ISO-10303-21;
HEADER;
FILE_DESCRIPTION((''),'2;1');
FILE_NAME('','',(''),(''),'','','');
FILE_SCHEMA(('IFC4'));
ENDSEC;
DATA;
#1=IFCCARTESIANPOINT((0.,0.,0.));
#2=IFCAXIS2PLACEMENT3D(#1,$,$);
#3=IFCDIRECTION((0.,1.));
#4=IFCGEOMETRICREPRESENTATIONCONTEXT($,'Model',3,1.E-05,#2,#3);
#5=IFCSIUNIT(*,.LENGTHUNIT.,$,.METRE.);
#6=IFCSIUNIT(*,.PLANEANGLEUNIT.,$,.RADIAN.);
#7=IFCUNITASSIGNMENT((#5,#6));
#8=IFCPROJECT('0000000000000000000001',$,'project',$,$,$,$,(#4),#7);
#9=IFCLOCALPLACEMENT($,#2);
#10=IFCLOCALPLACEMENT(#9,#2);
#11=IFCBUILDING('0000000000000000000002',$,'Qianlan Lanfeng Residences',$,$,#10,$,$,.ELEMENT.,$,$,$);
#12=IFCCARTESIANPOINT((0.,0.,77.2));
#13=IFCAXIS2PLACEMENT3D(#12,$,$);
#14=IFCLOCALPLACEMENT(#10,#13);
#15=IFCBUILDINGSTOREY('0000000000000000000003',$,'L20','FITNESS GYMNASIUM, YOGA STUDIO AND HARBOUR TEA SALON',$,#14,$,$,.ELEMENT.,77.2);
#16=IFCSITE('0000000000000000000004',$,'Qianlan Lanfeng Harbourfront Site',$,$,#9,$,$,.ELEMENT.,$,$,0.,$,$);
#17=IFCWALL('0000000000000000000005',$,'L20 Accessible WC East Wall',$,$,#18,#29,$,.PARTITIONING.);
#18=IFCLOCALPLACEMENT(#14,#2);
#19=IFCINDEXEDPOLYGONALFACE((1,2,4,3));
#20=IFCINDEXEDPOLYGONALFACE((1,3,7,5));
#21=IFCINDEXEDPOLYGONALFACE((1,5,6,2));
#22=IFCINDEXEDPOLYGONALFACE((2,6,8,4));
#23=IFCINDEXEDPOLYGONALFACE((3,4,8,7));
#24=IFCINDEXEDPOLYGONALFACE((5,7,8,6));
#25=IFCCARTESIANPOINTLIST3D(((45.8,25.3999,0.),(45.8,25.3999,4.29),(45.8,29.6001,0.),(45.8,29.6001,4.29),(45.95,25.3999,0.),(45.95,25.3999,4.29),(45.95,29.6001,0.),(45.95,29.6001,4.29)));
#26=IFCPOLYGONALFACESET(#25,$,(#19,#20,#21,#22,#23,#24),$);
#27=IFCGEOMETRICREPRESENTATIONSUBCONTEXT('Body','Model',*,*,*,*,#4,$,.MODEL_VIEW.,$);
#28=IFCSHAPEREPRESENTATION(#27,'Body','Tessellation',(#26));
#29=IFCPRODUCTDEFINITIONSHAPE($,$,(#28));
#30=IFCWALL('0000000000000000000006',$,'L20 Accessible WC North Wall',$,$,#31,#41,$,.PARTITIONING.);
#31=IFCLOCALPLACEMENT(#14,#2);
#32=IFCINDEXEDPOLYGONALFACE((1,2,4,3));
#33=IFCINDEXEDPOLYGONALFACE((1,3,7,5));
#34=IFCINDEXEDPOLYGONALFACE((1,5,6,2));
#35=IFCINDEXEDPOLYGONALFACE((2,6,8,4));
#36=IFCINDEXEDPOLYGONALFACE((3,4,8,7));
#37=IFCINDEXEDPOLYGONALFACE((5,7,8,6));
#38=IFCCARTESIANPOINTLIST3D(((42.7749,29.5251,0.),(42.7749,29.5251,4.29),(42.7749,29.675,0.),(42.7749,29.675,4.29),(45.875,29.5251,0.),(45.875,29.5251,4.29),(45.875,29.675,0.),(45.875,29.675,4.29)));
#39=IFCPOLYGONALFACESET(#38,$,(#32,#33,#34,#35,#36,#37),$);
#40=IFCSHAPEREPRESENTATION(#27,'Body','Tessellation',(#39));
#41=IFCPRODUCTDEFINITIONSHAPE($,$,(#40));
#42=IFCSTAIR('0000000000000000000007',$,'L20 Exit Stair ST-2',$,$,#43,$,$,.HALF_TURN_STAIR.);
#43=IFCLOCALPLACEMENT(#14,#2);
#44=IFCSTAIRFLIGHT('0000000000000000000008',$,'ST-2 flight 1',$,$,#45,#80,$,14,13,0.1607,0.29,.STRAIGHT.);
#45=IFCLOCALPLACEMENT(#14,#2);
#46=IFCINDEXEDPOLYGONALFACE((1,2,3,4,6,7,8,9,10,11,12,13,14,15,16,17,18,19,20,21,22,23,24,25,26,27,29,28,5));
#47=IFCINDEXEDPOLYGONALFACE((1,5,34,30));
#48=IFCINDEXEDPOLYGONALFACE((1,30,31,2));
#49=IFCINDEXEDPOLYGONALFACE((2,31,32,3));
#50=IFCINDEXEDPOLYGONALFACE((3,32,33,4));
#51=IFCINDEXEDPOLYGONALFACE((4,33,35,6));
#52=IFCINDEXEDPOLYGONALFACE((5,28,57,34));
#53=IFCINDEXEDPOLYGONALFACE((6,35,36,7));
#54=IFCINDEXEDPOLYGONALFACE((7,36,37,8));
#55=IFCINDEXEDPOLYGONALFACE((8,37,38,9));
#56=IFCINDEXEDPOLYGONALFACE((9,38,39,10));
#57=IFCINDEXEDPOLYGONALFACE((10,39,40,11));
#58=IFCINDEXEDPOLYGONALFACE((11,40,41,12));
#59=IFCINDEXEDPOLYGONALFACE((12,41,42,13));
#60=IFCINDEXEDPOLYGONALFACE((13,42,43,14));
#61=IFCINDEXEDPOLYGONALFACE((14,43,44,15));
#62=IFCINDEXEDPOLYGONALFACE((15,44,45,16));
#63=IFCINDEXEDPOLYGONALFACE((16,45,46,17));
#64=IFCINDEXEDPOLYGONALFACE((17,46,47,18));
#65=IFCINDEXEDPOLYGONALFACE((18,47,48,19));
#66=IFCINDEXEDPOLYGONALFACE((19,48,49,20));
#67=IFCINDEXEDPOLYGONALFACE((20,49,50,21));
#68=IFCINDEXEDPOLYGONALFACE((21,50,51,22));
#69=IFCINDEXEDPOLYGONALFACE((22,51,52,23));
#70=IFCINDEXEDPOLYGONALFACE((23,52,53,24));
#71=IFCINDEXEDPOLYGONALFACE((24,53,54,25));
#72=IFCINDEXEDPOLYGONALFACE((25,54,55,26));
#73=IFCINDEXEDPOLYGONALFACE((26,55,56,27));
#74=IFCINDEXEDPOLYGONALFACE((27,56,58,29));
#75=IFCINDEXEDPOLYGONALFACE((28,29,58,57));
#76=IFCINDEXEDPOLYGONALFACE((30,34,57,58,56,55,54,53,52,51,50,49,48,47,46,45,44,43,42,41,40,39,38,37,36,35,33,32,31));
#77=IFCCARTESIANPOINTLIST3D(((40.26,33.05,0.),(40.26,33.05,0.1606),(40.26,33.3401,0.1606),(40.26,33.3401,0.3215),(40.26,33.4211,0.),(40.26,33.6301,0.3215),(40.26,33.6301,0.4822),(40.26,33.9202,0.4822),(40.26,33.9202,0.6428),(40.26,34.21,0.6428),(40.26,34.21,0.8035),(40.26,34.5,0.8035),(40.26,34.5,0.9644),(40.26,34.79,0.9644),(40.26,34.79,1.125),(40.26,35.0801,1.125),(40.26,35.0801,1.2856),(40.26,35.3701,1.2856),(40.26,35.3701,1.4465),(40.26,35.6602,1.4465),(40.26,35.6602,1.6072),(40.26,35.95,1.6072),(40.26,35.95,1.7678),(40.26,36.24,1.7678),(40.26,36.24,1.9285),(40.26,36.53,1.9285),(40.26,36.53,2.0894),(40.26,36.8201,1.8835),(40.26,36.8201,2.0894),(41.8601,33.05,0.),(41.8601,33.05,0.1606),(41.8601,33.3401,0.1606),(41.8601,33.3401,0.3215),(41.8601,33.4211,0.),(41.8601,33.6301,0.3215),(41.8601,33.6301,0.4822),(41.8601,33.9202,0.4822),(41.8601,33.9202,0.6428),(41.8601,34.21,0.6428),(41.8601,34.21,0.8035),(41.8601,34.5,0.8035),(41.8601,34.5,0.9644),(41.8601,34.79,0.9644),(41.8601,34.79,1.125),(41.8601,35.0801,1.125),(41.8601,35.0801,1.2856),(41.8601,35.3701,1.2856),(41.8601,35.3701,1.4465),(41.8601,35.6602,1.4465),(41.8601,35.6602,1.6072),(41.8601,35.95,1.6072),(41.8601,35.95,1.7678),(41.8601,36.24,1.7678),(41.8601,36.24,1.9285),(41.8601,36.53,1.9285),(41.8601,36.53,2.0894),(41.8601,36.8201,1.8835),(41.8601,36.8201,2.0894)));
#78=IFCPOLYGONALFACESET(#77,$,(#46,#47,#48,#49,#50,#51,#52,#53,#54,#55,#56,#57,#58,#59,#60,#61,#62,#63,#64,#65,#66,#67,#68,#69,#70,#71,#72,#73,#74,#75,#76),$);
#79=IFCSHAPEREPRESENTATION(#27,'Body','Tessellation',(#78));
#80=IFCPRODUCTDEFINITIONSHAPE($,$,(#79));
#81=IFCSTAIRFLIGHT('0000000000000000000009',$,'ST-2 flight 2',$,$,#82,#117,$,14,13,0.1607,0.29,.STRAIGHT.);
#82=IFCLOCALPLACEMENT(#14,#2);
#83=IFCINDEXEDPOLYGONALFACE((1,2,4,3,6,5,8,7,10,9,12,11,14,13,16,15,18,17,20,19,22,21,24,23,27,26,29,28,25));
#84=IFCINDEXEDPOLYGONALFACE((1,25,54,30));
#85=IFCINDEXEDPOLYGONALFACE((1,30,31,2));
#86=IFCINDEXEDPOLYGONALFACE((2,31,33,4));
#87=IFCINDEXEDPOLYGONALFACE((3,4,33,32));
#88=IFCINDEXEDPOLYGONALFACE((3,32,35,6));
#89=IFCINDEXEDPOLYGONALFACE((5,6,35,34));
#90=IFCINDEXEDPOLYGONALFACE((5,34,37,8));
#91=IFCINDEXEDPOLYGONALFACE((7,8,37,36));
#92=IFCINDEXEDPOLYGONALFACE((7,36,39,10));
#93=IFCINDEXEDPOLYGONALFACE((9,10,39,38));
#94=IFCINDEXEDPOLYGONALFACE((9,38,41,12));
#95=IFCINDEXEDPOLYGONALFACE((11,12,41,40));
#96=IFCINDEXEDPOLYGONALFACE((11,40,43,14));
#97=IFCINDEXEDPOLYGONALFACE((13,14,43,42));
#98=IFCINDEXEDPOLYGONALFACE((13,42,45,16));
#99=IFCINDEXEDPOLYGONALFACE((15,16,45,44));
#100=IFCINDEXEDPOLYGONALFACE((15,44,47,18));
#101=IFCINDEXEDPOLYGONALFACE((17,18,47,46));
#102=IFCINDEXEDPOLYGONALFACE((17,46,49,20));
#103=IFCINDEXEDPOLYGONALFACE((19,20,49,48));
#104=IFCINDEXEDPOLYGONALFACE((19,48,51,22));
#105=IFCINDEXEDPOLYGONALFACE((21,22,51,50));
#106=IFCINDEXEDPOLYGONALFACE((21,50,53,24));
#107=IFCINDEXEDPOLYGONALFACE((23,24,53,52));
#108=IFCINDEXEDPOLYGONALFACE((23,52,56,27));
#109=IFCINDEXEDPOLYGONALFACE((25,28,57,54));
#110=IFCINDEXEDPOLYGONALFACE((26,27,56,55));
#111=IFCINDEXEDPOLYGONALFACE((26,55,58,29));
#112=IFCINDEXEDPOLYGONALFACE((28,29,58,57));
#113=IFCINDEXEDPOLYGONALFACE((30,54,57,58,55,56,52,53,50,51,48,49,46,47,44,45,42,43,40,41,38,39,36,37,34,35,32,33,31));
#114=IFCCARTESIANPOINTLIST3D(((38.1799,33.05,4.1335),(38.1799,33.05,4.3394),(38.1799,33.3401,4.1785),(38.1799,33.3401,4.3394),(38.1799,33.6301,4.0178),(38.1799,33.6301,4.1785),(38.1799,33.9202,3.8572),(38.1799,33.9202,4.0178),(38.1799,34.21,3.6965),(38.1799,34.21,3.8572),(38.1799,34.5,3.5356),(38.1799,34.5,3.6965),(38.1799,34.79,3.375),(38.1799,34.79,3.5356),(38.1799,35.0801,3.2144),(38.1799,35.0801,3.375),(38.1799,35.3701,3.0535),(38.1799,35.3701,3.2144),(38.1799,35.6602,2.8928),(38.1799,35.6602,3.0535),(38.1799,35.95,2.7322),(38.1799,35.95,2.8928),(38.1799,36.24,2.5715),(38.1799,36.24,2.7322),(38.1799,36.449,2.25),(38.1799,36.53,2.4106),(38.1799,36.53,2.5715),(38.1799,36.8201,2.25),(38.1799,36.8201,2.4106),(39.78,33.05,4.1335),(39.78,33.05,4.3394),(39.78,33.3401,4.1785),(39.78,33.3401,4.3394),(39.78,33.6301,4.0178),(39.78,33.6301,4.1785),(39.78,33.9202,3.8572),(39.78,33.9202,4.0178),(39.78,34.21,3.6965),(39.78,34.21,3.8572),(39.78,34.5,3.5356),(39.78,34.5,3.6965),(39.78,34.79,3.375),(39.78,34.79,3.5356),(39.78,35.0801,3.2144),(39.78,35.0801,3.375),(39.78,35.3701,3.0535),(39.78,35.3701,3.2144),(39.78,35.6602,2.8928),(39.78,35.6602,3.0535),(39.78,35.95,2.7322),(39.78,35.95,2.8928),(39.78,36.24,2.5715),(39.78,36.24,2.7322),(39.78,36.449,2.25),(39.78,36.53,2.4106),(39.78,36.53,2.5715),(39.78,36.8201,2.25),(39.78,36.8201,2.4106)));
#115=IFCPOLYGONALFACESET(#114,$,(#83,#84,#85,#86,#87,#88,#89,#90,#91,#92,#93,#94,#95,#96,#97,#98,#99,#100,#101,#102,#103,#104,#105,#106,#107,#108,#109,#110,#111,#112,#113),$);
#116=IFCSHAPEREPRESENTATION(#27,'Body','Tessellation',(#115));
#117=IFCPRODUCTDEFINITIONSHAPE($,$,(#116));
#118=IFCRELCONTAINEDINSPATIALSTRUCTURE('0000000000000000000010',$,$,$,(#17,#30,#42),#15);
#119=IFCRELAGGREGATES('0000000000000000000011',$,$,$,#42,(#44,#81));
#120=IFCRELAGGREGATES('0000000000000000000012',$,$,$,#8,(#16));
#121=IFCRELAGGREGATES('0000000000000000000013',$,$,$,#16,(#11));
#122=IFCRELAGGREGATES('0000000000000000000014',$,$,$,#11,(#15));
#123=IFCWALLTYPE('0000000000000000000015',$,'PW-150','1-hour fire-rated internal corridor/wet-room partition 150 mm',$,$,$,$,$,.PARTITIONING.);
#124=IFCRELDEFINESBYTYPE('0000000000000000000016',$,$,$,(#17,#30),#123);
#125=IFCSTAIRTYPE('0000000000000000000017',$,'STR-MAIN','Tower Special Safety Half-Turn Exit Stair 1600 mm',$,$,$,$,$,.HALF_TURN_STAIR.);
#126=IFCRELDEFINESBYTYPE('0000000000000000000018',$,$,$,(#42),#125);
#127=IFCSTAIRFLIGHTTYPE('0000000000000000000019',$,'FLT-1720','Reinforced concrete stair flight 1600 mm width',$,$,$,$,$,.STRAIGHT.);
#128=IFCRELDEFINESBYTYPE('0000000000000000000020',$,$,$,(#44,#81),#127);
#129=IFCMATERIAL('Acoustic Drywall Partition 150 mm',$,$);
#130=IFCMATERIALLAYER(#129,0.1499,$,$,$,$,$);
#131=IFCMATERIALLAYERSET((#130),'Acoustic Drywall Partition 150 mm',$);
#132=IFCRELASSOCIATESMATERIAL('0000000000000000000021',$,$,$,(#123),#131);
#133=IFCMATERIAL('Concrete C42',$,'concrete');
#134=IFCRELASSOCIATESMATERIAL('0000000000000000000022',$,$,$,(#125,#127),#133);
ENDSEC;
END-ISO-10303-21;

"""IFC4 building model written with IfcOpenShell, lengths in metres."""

from ifc_helpers import new_model, si_unit, direction, frame, frame_2d, origin, place, context, subcontext, project, spatial, polyline, rectangle, outline, extrude, material, layer, layer_set, type_object, element, aggregate, save


model = new_model("IFC4")

# Units and contexts
model_context = context("Model", 3, precision=1e-05, world=origin(), true_north=direction((0.0, 1.0)))
body_context = subcontext(model_context, "Body", "Model", "MODEL_VIEW")
ifc_project = project(units=[si_unit("LENGTHUNIT", "METRE"), si_unit("PLANEANGLEUNIT", "RADIAN")], contexts=[model_context])

# Site, building, storey
site_placement = place(None, origin())
site = spatial("IfcSite", under=ifc_project, at=site_placement, Name="Qianlan Lanfeng Harbourfront Site", CompositionType="ELEMENT", RefElevation=0.0)
building_placement = place(site_placement, origin())
building = spatial("IfcBuilding", under=site, at=building_placement, Name="Qianlan Lanfeng Residences", CompositionType="ELEMENT")
storey_placement = place(building_placement, frame((0.0, 0.0, 77.2)))
storey = spatial("IfcBuildingStorey", under=building, at=storey_placement, Name="L20", Description="FITNESS GYMNASIUM, YOGA STUDIO AND HARBOUR TEA SALON", CompositionType="ELEMENT", Elevation=77.2)

# Shared definitions
ifc_material_1 = material(Name="Concrete C42", Category="concrete")

# Shared definitions
ifc_material_2 = material(Name="Acoustic Drywall Partition 150 mm")
ifc_layer_1 = layer(ifc_material_2, 0.1499)
ifc_layer_set_1 = layer_set([ifc_layer_1], Name="Acoustic Drywall Partition 150 mm")
wall_type_1 = type_object("IfcWallType", Name="PW-150", Description="1-hour fire-rated internal corridor/wet-room partition 150 mm", PredefinedType="PARTITIONING", material=ifc_layer_set_1)

# Walls
wall_1_placement = place(storey_placement, frame((45.875, 25.3999, 0.0), z_axis=(0.0, 0.0, 1.0), x_axis=(0.0, 1.0, 0.0)))
element("IfcWall", 1, at=wall_1_placement, inside=storey, type_object=wall_type_1, Name="L20 Accessible WC East Wall", PredefinedType="PARTITIONING", context=body_context, shape_type="SweptSolid", body=[
    extrude(rectangle(XDim=4.2002, YDim=0.1499, at=frame_2d((2.1001, 0.0))), origin(), (0.0, 0.0, 1.0), 4.29),
])
wall_2_placement = place(storey_placement, frame((42.7749, 29.6001, 0.0), z_axis=(0.0, 0.0, 1.0), x_axis=(1.0, 0.0, 0.0)))
element("IfcWall", 2, at=wall_2_placement, inside=storey, type_object=wall_type_1, Name="L20 Accessible WC North Wall", PredefinedType="PARTITIONING", context=body_context, shape_type="SweptSolid", body=[
    extrude(rectangle(XDim=3.1001, YDim=0.1499, at=frame_2d((1.55, 0.0))), origin(), (0.0, 0.0, 1.0), 4.29),
])

# Stair, stair flights
stair_type = type_object("IfcStairType", Name="STR-MAIN", Description="Tower Special Safety Half-Turn Exit Stair 1600 mm", PredefinedType="HALF_TURN_STAIR", material=ifc_material_1)
stair_placement = place(storey_placement, origin())
stair = element("IfcStair", 3, at=stair_placement, inside=storey, type_object=stair_type, Name="L20 Exit Stair ST-2", PredefinedType="HALF_TURN_STAIR")
stair_flight_type = type_object("IfcStairFlightType", Name="FLT-1720", Description="Reinforced concrete stair flight 1600 mm width", PredefinedType="STRAIGHT", material=ifc_material_1)
stair_flight_1_placement = place(storey_placement, frame((41.0601, 33.05, 0.0), z_axis=(0.0, 0.0, 1.0), x_axis=(0.0, 1.0, 0.0)))
stair_flight_1 = element("IfcStairFlight", 4, at=stair_flight_1_placement, type_object=stair_flight_type, Name="ST-2 flight 1", NumberOfRisers=14, NumberOfTreads=13, PredefinedType="STRAIGHT", RiserHeight=0.1607, TreadLength=0.29, context=body_context, shape_type="SweptSolid", body=[
    extrude(outline(polyline([(0.0, 0.0), (0.0, 0.1606), (0.29, 0.1606), (0.29, 0.3215), (0.5801, 0.3215), (0.5801, 0.4822), (0.8701, 0.4822), (0.8701, 0.6428), (1.1599, 0.6428), (1.1599, 0.8035), (1.45, 0.8035), (1.45, 0.9644), (1.74, 0.9644), (1.74, 1.125), (2.03, 1.125), (2.03, 1.2856), (2.3201, 1.2856), (2.3201, 1.4465), (2.6101, 1.4465), (2.6101, 1.6072), (2.8999, 1.6072), (2.8999, 1.7678), (3.1899, 1.7678), (3.1899, 1.9285), (3.48, 1.9285), (3.48, 2.0894), (3.77, 2.0894), (3.77, 2.25), (3.77, 1.8835), (0.3711, 0.0), (0.0, 0.0)])), frame((0.0, 0.8, 0.0), z_axis=(0.0, -1.0, 0.0), x_axis=(1.0, 0.0, 0.0)), (0.0, 0.0, 1.0), 1.6001),
])
stair_flight_2_placement = place(storey_placement, frame((38.98, 36.8201, 2.25), z_axis=(0.0, 0.0, 1.0), x_axis=(0.0, -1.0, 0.0)))
stair_flight_2 = element("IfcStairFlight", 5, at=stair_flight_2_placement, type_object=stair_flight_type, Name="ST-2 flight 2", NumberOfRisers=14, NumberOfTreads=13, PredefinedType="STRAIGHT", RiserHeight=0.1607, TreadLength=0.29, context=body_context, shape_type="SweptSolid", body=[
    extrude(outline(polyline([(0.0, 0.0), (0.0, 0.1606), (0.29, 0.1606), (0.29, 0.3215), (0.5801, 0.3215), (0.5801, 0.4822), (0.8701, 0.4822), (0.8701, 0.6428), (1.1599, 0.6428), (1.1599, 0.8035), (1.45, 0.8035), (1.45, 0.9644), (1.74, 0.9644), (1.74, 1.125), (2.03, 1.125), (2.03, 1.2856), (2.3201, 1.2856), (2.3201, 1.4465), (2.6101, 1.4465), (2.6101, 1.6072), (2.8999, 1.6072), (2.8999, 1.7678), (3.1899, 1.7678), (3.1899, 1.9285), (3.48, 1.9285), (3.48, 2.0894), (3.77, 2.0894), (3.77, 2.25), (3.77, 1.8835), (0.3711, 0.0), (0.0, 0.0)])), frame((0.0, 0.8, 0.0), z_axis=(0.0, -1.0, 0.0), x_axis=(1.0, 0.0, 0.0)), (0.0, 0.0, 1.0), 1.6001),
])
aggregate(stair, [stair_flight_1, stair_flight_2])

save(model, "model.ifc")
